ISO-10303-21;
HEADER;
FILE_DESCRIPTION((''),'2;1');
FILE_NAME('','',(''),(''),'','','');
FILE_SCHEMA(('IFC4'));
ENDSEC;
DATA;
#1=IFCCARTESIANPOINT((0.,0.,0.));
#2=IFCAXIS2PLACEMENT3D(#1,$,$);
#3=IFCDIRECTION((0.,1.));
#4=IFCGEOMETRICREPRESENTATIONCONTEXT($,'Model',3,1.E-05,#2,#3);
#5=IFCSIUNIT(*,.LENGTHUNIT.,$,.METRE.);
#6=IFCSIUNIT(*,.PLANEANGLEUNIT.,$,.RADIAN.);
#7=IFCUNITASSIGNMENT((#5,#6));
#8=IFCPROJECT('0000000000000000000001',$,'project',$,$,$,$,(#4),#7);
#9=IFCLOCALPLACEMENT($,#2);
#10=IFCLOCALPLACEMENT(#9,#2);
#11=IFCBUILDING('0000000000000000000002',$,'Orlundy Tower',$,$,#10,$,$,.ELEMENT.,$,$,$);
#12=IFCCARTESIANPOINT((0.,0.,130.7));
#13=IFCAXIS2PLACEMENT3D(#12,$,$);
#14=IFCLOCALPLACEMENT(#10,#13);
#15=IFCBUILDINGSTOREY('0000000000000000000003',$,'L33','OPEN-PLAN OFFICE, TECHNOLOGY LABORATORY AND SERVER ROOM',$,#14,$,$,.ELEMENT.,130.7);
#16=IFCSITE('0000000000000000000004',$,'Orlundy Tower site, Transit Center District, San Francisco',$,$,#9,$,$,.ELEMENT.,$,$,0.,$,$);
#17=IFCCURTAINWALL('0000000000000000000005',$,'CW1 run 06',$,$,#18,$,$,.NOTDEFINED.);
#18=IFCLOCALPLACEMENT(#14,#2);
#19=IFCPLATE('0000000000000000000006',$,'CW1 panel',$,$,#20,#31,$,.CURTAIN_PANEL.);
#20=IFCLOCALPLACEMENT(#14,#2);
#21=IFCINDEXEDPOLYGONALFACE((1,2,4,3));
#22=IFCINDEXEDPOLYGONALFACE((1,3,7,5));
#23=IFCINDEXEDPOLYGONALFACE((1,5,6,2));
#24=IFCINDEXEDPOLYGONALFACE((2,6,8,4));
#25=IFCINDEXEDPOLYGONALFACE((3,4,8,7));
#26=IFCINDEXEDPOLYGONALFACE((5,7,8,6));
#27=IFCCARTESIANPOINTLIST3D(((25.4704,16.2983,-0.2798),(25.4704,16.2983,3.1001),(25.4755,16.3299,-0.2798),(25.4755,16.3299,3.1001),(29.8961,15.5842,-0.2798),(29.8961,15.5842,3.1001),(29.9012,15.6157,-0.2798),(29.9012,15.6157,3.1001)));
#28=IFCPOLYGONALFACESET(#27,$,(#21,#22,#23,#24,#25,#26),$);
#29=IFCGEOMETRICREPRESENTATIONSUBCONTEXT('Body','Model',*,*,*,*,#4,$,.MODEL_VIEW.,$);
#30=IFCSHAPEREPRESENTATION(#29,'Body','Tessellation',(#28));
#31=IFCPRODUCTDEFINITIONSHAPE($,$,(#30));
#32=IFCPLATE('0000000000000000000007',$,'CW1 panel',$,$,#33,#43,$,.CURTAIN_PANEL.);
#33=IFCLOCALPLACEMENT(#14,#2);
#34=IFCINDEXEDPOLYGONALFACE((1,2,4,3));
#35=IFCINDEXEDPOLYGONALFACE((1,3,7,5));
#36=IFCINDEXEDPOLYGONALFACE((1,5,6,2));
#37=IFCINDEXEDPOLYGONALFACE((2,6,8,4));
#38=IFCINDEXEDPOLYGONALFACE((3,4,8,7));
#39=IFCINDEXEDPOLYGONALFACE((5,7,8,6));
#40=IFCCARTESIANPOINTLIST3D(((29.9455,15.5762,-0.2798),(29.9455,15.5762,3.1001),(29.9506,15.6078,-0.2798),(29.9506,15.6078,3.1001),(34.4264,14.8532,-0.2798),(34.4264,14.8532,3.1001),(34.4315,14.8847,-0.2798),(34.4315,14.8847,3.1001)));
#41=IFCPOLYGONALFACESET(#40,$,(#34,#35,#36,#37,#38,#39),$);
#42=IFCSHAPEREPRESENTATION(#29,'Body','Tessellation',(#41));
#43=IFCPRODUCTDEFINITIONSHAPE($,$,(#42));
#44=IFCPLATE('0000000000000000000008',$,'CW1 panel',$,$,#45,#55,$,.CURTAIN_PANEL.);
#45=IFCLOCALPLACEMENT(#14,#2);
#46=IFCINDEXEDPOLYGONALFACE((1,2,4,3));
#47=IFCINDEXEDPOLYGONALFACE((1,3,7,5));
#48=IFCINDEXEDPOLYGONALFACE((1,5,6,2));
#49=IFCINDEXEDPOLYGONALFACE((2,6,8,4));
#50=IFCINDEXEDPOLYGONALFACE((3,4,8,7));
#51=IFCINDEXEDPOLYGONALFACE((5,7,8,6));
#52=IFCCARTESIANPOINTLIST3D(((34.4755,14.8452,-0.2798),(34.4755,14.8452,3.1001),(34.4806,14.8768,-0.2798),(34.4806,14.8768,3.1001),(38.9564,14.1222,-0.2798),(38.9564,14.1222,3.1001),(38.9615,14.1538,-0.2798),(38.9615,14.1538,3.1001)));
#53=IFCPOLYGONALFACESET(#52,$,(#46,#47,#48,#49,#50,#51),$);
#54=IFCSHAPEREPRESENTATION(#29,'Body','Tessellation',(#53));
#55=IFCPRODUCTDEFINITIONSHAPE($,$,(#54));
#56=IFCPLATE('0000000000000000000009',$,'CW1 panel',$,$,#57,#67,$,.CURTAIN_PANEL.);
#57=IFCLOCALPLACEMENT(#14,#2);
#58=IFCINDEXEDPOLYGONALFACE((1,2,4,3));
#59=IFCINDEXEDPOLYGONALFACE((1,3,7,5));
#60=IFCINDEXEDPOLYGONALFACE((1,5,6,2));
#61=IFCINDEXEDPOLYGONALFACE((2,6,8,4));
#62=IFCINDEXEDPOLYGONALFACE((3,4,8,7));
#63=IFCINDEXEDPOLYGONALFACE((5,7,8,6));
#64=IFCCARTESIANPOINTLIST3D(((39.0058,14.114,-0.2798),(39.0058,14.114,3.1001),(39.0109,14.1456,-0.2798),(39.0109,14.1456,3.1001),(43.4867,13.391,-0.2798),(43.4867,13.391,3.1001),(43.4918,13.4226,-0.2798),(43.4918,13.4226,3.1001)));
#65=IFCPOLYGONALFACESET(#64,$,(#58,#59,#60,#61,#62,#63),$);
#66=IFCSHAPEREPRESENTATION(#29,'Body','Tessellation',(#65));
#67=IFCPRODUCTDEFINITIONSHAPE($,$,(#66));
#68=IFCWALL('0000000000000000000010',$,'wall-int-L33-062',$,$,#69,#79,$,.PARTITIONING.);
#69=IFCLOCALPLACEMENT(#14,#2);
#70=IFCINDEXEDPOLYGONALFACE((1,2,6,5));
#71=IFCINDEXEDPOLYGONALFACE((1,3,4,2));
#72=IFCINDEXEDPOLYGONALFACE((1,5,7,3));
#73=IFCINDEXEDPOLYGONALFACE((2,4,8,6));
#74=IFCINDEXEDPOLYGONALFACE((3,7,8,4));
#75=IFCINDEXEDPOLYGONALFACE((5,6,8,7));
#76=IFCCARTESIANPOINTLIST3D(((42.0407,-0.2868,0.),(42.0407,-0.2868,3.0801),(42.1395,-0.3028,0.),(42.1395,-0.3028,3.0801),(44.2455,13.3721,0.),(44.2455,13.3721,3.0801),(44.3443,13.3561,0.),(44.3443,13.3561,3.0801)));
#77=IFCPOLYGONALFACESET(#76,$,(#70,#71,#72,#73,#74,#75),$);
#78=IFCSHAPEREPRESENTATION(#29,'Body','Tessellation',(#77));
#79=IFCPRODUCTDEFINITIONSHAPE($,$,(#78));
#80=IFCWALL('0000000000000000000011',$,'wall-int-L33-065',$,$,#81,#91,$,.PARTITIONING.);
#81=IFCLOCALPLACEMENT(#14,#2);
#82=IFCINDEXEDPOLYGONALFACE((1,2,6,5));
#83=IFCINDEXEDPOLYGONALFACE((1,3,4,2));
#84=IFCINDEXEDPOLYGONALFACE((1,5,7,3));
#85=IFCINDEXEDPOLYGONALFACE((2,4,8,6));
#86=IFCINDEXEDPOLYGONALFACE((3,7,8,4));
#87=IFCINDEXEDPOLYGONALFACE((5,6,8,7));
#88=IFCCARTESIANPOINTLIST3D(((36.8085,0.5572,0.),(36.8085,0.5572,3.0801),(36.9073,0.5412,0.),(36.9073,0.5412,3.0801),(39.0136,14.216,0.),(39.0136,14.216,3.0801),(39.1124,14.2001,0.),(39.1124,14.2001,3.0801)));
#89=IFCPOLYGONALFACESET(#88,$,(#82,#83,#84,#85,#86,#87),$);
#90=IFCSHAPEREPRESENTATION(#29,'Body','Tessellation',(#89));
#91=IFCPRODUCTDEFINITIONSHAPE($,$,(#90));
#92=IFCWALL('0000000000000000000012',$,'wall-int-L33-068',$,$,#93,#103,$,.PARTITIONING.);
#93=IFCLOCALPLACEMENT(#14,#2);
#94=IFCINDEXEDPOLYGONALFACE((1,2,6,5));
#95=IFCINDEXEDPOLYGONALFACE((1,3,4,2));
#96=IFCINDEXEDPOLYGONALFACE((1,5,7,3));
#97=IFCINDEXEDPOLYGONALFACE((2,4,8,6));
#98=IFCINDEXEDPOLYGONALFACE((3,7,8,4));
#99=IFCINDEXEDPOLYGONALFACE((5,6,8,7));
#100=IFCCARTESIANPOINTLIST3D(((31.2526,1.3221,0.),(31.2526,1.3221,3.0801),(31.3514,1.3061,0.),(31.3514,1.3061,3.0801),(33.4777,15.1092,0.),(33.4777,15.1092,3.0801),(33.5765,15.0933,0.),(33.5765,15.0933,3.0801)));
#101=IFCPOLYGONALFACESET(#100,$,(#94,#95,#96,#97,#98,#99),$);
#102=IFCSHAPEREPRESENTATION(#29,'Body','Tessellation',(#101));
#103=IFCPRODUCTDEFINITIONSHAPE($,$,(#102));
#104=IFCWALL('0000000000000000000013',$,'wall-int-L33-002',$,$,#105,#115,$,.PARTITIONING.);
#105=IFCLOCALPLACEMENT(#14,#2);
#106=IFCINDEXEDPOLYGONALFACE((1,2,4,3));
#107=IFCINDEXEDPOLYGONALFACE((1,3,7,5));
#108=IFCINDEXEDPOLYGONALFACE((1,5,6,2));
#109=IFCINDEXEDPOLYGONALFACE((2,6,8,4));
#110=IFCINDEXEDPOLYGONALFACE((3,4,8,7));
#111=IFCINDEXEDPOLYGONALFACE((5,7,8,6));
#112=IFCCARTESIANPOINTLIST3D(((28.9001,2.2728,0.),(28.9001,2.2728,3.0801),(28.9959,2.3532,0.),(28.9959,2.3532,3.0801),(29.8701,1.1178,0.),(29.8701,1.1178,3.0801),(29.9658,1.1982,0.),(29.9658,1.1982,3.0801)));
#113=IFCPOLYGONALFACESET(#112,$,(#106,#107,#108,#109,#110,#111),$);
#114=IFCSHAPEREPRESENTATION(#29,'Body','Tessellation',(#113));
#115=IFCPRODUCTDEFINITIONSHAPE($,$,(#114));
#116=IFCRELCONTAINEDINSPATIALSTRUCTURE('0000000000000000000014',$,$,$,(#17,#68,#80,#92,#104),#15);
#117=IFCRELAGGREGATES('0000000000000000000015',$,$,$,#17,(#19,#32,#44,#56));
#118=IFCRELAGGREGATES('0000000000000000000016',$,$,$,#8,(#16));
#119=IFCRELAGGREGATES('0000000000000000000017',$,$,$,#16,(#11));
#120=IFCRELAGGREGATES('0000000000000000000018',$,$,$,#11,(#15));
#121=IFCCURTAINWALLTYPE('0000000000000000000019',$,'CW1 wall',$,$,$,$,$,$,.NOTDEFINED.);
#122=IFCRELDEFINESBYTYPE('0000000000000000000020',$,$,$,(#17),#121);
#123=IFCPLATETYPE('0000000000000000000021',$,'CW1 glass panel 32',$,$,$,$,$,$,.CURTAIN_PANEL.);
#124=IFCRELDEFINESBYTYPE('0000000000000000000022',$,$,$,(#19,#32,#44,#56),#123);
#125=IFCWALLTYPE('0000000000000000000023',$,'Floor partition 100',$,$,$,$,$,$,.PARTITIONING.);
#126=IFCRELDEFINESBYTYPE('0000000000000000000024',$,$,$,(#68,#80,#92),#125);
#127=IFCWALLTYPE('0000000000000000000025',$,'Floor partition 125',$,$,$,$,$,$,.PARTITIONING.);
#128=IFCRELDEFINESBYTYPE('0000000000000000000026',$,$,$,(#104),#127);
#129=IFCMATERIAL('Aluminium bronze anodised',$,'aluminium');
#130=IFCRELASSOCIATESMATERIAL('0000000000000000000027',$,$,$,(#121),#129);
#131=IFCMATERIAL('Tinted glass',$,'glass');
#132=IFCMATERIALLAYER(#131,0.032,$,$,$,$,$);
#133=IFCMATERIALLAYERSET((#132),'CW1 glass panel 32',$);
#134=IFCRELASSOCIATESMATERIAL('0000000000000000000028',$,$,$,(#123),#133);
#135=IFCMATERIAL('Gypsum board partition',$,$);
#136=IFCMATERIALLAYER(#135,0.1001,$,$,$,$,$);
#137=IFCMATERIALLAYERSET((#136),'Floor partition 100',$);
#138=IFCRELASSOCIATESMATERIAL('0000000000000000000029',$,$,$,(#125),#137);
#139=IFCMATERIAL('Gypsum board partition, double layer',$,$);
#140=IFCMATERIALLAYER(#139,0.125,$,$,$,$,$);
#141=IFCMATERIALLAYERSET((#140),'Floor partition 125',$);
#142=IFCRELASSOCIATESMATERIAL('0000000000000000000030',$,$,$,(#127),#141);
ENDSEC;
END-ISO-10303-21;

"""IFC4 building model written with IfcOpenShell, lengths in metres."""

from ifc_helpers import new_model, si_unit, direction, frame, frame_2d, origin, origin_2d, place, context, subcontext, project, spatial, rectangle, extrude, material, layer, layer_set, type_object, element, aggregate, save


model = new_model("IFC4")

# Units and contexts
model_context = context("Model", 3, precision=1e-05, world=origin(), true_north=direction((0.0, 1.0)))
body_context = subcontext(model_context, "Body", "Model", "MODEL_VIEW")
ifc_project = project(units=[si_unit("LENGTHUNIT", "METRE"), si_unit("PLANEANGLEUNIT", "RADIAN")], contexts=[model_context])

# Site, building, storey
site_placement = place(None, origin())
site = spatial("IfcSite", under=ifc_project, at=site_placement, Name="Orlundy Tower site, Transit Center District, San Francisco", CompositionType="ELEMENT", RefElevation=0.0)
building_placement = place(site_placement, origin())
building = spatial("IfcBuilding", under=site, at=building_placement, Name="Orlundy Tower", CompositionType="ELEMENT")
storey_placement = place(building_placement, frame((0.0, 0.0, 130.7)))
storey = spatial("IfcBuildingStorey", under=building, at=storey_placement, Name="L33", Description="OPEN-PLAN OFFICE, TECHNOLOGY LABORATORY AND SERVER ROOM", CompositionType="ELEMENT", Elevation=130.7)

# Curtain wall, plates
ifc_material_1 = material(Name="Aluminium bronze anodised", Category="aluminium")
curtain_wall_type = type_object("IfcCurtainWallType", Name="CW1 wall", PredefinedType="NOTDEFINED", material=ifc_material_1)
curtain_wall_placement = place(storey_placement, origin())
curtain_wall = element("IfcCurtainWall", 1, at=curtain_wall_placement, inside=storey, type_object=curtain_wall_type, Name="CW1 run 06", PredefinedType="NOTDEFINED")
ifc_material_2 = material(Name="Tinted glass", Category="glass")
ifc_layer_1 = layer(ifc_material_2, 0.032)
ifc_layer_set_1 = layer_set([ifc_layer_1], Name="CW1 glass panel 32")
plate_type = type_object("IfcPlateType", Name="CW1 glass panel 32", PredefinedType="CURTAIN_PANEL", material=ifc_layer_set_1)
plate_1_placement = place(storey_placement, frame((27.6858, 15.957, -0.2798), z_axis=(0.0, 0.0, 1.0), x_axis=(0.98723, -0.159302, 0.0)))
plate_1 = element("IfcPlate", 2, at=plate_1_placement, type_object=plate_type, Name="CW1 panel", PredefinedType="CURTAIN_PANEL", context=body_context, shape_type="SweptSolid", body=[
    extrude(rectangle(XDim=4.4829, YDim=0.032, at=origin_2d()), origin(), (0.0, 0.0, 1.0), 3.3799),
])
plate_2_placement = place(storey_placement, frame((32.1885, 15.2305, -0.2798), z_axis=(0.0, 0.0, 1.0), x_axis=(0.98723, -0.159302, 0.0)))
plate_2 = element("IfcPlate", 3, at=plate_2_placement, type_object=plate_type, Name="CW1 panel", PredefinedType="CURTAIN_PANEL", context=body_context, shape_type="SweptSolid", body=[
    extrude(rectangle(XDim=4.5388, YDim=0.032, at=origin_2d()), origin(), (0.0, 0.0, 1.0), 3.3799),
])
plate_3_placement = place(storey_placement, frame((36.7185, 14.4995, -0.2798), z_axis=(0.0, 0.0, 1.0), x_axis=(0.98723, -0.159302, 0.0)))
plate_3 = element("IfcPlate", 4, at=plate_3_placement, type_object=plate_type, Name="CW1 panel", PredefinedType="CURTAIN_PANEL", context=body_context, shape_type="SweptSolid", body=[
    extrude(rectangle(XDim=4.5388, YDim=0.032, at=origin_2d()), origin(), (0.0, 0.0, 1.0), 3.3799),
])
plate_4_placement = place(storey_placement, frame((41.2488, 13.7683, -0.2798), z_axis=(0.0, 0.0, 1.0), x_axis=(0.98723, -0.159302, 0.0)))
plate_4 = element("IfcPlate", 5, at=plate_4_placement, type_object=plate_type, Name="CW1 panel", PredefinedType="CURTAIN_PANEL", context=body_context, shape_type="SweptSolid", body=[
    extrude(rectangle(XDim=4.5388, YDim=0.032, at=origin_2d()), origin(), (0.0, 0.0, 1.0), 3.3799),
])
aggregate(curtain_wall, [plate_1, plate_2, plate_3, plate_4])

# Walls
ifc_material_3 = material(Name="Gypsum board partition")
ifc_layer_2 = layer(ifc_material_3, 0.1001)
ifc_layer_set_2 = layer_set([ifc_layer_2], Name="Floor partition 100")
wall_type_1 = type_object("IfcWallType", Name="Floor partition 100", PredefinedType="PARTITIONING", material=ifc_layer_set_2)
for number, where, z_axis, x_axis, name in (
    (6, (42.0901, -0.2949, 0.0), (0.0, 0.0, 1.0), (0.159358, 0.987221, 0.0), "wall-int-L33-062"),
    (7, (36.8579, 0.5491, 0.0), (0.0, 0.0, 1.0), (0.159375, 0.987218, 0.0), "wall-int-L33-065"),
):
    element("IfcWall", number, at=place(storey_placement, frame(where, z_axis=z_axis, x_axis=x_axis)), inside=storey, type_object=wall_type_1, Name=name, PredefinedType="PARTITIONING", context=body_context, shape_type="SweptSolid", body=[
        extrude(rectangle(XDim=13.8357, YDim=0.1001, at=frame_2d((6.918, 0.0))), origin(), (0.0, 0.0, 1.0), 3.0801),
    ])
wall_1_placement = place(storey_placement, frame((31.302, 1.314, 0.0), z_axis=(0.0, 0.0, 1.0), x_axis=(0.159328, 0.987226, 0.0)))
element("IfcWall", 8, at=wall_1_placement, inside=storey, type_object=wall_type_1, Name="wall-int-L33-068", PredefinedType="PARTITIONING", context=body_context, shape_type="SweptSolid", body=[
    extrude(rectangle(XDim=13.9656, YDim=0.1001, at=frame_2d((6.9829, 0.0))), origin(), (0.0, 0.0, 1.0), 3.0801),
])
ifc_material_4 = material(Name="Gypsum board partition, double layer")
ifc_layer_3 = layer(ifc_material_4, 0.125)
ifc_layer_set_3 = layer_set([ifc_layer_3], Name="Floor partition 125")
wall_type_2 = type_object("IfcWallType", Name="Floor partition 125", PredefinedType="PARTITIONING", material=ifc_layer_set_3)
wall_2_placement = place(storey_placement, frame((29.918, 1.158, 0.0), z_axis=(0.0, 0.0, 1.0), x_axis=(-0.643093, 0.765788, 0.0)))
element("IfcWall", 9, at=wall_2_placement, inside=storey, type_object=wall_type_2, Name="wall-int-L33-002", PredefinedType="PARTITIONING", context=body_context, shape_type="SweptSolid", body=[
    extrude(rectangle(XDim=1.5083, YDim=0.125, at=frame_2d((0.7542, 0.0))), origin(), (0.0, 0.0, 1.0), 3.0801),
])

save(model, "model.ifc")
